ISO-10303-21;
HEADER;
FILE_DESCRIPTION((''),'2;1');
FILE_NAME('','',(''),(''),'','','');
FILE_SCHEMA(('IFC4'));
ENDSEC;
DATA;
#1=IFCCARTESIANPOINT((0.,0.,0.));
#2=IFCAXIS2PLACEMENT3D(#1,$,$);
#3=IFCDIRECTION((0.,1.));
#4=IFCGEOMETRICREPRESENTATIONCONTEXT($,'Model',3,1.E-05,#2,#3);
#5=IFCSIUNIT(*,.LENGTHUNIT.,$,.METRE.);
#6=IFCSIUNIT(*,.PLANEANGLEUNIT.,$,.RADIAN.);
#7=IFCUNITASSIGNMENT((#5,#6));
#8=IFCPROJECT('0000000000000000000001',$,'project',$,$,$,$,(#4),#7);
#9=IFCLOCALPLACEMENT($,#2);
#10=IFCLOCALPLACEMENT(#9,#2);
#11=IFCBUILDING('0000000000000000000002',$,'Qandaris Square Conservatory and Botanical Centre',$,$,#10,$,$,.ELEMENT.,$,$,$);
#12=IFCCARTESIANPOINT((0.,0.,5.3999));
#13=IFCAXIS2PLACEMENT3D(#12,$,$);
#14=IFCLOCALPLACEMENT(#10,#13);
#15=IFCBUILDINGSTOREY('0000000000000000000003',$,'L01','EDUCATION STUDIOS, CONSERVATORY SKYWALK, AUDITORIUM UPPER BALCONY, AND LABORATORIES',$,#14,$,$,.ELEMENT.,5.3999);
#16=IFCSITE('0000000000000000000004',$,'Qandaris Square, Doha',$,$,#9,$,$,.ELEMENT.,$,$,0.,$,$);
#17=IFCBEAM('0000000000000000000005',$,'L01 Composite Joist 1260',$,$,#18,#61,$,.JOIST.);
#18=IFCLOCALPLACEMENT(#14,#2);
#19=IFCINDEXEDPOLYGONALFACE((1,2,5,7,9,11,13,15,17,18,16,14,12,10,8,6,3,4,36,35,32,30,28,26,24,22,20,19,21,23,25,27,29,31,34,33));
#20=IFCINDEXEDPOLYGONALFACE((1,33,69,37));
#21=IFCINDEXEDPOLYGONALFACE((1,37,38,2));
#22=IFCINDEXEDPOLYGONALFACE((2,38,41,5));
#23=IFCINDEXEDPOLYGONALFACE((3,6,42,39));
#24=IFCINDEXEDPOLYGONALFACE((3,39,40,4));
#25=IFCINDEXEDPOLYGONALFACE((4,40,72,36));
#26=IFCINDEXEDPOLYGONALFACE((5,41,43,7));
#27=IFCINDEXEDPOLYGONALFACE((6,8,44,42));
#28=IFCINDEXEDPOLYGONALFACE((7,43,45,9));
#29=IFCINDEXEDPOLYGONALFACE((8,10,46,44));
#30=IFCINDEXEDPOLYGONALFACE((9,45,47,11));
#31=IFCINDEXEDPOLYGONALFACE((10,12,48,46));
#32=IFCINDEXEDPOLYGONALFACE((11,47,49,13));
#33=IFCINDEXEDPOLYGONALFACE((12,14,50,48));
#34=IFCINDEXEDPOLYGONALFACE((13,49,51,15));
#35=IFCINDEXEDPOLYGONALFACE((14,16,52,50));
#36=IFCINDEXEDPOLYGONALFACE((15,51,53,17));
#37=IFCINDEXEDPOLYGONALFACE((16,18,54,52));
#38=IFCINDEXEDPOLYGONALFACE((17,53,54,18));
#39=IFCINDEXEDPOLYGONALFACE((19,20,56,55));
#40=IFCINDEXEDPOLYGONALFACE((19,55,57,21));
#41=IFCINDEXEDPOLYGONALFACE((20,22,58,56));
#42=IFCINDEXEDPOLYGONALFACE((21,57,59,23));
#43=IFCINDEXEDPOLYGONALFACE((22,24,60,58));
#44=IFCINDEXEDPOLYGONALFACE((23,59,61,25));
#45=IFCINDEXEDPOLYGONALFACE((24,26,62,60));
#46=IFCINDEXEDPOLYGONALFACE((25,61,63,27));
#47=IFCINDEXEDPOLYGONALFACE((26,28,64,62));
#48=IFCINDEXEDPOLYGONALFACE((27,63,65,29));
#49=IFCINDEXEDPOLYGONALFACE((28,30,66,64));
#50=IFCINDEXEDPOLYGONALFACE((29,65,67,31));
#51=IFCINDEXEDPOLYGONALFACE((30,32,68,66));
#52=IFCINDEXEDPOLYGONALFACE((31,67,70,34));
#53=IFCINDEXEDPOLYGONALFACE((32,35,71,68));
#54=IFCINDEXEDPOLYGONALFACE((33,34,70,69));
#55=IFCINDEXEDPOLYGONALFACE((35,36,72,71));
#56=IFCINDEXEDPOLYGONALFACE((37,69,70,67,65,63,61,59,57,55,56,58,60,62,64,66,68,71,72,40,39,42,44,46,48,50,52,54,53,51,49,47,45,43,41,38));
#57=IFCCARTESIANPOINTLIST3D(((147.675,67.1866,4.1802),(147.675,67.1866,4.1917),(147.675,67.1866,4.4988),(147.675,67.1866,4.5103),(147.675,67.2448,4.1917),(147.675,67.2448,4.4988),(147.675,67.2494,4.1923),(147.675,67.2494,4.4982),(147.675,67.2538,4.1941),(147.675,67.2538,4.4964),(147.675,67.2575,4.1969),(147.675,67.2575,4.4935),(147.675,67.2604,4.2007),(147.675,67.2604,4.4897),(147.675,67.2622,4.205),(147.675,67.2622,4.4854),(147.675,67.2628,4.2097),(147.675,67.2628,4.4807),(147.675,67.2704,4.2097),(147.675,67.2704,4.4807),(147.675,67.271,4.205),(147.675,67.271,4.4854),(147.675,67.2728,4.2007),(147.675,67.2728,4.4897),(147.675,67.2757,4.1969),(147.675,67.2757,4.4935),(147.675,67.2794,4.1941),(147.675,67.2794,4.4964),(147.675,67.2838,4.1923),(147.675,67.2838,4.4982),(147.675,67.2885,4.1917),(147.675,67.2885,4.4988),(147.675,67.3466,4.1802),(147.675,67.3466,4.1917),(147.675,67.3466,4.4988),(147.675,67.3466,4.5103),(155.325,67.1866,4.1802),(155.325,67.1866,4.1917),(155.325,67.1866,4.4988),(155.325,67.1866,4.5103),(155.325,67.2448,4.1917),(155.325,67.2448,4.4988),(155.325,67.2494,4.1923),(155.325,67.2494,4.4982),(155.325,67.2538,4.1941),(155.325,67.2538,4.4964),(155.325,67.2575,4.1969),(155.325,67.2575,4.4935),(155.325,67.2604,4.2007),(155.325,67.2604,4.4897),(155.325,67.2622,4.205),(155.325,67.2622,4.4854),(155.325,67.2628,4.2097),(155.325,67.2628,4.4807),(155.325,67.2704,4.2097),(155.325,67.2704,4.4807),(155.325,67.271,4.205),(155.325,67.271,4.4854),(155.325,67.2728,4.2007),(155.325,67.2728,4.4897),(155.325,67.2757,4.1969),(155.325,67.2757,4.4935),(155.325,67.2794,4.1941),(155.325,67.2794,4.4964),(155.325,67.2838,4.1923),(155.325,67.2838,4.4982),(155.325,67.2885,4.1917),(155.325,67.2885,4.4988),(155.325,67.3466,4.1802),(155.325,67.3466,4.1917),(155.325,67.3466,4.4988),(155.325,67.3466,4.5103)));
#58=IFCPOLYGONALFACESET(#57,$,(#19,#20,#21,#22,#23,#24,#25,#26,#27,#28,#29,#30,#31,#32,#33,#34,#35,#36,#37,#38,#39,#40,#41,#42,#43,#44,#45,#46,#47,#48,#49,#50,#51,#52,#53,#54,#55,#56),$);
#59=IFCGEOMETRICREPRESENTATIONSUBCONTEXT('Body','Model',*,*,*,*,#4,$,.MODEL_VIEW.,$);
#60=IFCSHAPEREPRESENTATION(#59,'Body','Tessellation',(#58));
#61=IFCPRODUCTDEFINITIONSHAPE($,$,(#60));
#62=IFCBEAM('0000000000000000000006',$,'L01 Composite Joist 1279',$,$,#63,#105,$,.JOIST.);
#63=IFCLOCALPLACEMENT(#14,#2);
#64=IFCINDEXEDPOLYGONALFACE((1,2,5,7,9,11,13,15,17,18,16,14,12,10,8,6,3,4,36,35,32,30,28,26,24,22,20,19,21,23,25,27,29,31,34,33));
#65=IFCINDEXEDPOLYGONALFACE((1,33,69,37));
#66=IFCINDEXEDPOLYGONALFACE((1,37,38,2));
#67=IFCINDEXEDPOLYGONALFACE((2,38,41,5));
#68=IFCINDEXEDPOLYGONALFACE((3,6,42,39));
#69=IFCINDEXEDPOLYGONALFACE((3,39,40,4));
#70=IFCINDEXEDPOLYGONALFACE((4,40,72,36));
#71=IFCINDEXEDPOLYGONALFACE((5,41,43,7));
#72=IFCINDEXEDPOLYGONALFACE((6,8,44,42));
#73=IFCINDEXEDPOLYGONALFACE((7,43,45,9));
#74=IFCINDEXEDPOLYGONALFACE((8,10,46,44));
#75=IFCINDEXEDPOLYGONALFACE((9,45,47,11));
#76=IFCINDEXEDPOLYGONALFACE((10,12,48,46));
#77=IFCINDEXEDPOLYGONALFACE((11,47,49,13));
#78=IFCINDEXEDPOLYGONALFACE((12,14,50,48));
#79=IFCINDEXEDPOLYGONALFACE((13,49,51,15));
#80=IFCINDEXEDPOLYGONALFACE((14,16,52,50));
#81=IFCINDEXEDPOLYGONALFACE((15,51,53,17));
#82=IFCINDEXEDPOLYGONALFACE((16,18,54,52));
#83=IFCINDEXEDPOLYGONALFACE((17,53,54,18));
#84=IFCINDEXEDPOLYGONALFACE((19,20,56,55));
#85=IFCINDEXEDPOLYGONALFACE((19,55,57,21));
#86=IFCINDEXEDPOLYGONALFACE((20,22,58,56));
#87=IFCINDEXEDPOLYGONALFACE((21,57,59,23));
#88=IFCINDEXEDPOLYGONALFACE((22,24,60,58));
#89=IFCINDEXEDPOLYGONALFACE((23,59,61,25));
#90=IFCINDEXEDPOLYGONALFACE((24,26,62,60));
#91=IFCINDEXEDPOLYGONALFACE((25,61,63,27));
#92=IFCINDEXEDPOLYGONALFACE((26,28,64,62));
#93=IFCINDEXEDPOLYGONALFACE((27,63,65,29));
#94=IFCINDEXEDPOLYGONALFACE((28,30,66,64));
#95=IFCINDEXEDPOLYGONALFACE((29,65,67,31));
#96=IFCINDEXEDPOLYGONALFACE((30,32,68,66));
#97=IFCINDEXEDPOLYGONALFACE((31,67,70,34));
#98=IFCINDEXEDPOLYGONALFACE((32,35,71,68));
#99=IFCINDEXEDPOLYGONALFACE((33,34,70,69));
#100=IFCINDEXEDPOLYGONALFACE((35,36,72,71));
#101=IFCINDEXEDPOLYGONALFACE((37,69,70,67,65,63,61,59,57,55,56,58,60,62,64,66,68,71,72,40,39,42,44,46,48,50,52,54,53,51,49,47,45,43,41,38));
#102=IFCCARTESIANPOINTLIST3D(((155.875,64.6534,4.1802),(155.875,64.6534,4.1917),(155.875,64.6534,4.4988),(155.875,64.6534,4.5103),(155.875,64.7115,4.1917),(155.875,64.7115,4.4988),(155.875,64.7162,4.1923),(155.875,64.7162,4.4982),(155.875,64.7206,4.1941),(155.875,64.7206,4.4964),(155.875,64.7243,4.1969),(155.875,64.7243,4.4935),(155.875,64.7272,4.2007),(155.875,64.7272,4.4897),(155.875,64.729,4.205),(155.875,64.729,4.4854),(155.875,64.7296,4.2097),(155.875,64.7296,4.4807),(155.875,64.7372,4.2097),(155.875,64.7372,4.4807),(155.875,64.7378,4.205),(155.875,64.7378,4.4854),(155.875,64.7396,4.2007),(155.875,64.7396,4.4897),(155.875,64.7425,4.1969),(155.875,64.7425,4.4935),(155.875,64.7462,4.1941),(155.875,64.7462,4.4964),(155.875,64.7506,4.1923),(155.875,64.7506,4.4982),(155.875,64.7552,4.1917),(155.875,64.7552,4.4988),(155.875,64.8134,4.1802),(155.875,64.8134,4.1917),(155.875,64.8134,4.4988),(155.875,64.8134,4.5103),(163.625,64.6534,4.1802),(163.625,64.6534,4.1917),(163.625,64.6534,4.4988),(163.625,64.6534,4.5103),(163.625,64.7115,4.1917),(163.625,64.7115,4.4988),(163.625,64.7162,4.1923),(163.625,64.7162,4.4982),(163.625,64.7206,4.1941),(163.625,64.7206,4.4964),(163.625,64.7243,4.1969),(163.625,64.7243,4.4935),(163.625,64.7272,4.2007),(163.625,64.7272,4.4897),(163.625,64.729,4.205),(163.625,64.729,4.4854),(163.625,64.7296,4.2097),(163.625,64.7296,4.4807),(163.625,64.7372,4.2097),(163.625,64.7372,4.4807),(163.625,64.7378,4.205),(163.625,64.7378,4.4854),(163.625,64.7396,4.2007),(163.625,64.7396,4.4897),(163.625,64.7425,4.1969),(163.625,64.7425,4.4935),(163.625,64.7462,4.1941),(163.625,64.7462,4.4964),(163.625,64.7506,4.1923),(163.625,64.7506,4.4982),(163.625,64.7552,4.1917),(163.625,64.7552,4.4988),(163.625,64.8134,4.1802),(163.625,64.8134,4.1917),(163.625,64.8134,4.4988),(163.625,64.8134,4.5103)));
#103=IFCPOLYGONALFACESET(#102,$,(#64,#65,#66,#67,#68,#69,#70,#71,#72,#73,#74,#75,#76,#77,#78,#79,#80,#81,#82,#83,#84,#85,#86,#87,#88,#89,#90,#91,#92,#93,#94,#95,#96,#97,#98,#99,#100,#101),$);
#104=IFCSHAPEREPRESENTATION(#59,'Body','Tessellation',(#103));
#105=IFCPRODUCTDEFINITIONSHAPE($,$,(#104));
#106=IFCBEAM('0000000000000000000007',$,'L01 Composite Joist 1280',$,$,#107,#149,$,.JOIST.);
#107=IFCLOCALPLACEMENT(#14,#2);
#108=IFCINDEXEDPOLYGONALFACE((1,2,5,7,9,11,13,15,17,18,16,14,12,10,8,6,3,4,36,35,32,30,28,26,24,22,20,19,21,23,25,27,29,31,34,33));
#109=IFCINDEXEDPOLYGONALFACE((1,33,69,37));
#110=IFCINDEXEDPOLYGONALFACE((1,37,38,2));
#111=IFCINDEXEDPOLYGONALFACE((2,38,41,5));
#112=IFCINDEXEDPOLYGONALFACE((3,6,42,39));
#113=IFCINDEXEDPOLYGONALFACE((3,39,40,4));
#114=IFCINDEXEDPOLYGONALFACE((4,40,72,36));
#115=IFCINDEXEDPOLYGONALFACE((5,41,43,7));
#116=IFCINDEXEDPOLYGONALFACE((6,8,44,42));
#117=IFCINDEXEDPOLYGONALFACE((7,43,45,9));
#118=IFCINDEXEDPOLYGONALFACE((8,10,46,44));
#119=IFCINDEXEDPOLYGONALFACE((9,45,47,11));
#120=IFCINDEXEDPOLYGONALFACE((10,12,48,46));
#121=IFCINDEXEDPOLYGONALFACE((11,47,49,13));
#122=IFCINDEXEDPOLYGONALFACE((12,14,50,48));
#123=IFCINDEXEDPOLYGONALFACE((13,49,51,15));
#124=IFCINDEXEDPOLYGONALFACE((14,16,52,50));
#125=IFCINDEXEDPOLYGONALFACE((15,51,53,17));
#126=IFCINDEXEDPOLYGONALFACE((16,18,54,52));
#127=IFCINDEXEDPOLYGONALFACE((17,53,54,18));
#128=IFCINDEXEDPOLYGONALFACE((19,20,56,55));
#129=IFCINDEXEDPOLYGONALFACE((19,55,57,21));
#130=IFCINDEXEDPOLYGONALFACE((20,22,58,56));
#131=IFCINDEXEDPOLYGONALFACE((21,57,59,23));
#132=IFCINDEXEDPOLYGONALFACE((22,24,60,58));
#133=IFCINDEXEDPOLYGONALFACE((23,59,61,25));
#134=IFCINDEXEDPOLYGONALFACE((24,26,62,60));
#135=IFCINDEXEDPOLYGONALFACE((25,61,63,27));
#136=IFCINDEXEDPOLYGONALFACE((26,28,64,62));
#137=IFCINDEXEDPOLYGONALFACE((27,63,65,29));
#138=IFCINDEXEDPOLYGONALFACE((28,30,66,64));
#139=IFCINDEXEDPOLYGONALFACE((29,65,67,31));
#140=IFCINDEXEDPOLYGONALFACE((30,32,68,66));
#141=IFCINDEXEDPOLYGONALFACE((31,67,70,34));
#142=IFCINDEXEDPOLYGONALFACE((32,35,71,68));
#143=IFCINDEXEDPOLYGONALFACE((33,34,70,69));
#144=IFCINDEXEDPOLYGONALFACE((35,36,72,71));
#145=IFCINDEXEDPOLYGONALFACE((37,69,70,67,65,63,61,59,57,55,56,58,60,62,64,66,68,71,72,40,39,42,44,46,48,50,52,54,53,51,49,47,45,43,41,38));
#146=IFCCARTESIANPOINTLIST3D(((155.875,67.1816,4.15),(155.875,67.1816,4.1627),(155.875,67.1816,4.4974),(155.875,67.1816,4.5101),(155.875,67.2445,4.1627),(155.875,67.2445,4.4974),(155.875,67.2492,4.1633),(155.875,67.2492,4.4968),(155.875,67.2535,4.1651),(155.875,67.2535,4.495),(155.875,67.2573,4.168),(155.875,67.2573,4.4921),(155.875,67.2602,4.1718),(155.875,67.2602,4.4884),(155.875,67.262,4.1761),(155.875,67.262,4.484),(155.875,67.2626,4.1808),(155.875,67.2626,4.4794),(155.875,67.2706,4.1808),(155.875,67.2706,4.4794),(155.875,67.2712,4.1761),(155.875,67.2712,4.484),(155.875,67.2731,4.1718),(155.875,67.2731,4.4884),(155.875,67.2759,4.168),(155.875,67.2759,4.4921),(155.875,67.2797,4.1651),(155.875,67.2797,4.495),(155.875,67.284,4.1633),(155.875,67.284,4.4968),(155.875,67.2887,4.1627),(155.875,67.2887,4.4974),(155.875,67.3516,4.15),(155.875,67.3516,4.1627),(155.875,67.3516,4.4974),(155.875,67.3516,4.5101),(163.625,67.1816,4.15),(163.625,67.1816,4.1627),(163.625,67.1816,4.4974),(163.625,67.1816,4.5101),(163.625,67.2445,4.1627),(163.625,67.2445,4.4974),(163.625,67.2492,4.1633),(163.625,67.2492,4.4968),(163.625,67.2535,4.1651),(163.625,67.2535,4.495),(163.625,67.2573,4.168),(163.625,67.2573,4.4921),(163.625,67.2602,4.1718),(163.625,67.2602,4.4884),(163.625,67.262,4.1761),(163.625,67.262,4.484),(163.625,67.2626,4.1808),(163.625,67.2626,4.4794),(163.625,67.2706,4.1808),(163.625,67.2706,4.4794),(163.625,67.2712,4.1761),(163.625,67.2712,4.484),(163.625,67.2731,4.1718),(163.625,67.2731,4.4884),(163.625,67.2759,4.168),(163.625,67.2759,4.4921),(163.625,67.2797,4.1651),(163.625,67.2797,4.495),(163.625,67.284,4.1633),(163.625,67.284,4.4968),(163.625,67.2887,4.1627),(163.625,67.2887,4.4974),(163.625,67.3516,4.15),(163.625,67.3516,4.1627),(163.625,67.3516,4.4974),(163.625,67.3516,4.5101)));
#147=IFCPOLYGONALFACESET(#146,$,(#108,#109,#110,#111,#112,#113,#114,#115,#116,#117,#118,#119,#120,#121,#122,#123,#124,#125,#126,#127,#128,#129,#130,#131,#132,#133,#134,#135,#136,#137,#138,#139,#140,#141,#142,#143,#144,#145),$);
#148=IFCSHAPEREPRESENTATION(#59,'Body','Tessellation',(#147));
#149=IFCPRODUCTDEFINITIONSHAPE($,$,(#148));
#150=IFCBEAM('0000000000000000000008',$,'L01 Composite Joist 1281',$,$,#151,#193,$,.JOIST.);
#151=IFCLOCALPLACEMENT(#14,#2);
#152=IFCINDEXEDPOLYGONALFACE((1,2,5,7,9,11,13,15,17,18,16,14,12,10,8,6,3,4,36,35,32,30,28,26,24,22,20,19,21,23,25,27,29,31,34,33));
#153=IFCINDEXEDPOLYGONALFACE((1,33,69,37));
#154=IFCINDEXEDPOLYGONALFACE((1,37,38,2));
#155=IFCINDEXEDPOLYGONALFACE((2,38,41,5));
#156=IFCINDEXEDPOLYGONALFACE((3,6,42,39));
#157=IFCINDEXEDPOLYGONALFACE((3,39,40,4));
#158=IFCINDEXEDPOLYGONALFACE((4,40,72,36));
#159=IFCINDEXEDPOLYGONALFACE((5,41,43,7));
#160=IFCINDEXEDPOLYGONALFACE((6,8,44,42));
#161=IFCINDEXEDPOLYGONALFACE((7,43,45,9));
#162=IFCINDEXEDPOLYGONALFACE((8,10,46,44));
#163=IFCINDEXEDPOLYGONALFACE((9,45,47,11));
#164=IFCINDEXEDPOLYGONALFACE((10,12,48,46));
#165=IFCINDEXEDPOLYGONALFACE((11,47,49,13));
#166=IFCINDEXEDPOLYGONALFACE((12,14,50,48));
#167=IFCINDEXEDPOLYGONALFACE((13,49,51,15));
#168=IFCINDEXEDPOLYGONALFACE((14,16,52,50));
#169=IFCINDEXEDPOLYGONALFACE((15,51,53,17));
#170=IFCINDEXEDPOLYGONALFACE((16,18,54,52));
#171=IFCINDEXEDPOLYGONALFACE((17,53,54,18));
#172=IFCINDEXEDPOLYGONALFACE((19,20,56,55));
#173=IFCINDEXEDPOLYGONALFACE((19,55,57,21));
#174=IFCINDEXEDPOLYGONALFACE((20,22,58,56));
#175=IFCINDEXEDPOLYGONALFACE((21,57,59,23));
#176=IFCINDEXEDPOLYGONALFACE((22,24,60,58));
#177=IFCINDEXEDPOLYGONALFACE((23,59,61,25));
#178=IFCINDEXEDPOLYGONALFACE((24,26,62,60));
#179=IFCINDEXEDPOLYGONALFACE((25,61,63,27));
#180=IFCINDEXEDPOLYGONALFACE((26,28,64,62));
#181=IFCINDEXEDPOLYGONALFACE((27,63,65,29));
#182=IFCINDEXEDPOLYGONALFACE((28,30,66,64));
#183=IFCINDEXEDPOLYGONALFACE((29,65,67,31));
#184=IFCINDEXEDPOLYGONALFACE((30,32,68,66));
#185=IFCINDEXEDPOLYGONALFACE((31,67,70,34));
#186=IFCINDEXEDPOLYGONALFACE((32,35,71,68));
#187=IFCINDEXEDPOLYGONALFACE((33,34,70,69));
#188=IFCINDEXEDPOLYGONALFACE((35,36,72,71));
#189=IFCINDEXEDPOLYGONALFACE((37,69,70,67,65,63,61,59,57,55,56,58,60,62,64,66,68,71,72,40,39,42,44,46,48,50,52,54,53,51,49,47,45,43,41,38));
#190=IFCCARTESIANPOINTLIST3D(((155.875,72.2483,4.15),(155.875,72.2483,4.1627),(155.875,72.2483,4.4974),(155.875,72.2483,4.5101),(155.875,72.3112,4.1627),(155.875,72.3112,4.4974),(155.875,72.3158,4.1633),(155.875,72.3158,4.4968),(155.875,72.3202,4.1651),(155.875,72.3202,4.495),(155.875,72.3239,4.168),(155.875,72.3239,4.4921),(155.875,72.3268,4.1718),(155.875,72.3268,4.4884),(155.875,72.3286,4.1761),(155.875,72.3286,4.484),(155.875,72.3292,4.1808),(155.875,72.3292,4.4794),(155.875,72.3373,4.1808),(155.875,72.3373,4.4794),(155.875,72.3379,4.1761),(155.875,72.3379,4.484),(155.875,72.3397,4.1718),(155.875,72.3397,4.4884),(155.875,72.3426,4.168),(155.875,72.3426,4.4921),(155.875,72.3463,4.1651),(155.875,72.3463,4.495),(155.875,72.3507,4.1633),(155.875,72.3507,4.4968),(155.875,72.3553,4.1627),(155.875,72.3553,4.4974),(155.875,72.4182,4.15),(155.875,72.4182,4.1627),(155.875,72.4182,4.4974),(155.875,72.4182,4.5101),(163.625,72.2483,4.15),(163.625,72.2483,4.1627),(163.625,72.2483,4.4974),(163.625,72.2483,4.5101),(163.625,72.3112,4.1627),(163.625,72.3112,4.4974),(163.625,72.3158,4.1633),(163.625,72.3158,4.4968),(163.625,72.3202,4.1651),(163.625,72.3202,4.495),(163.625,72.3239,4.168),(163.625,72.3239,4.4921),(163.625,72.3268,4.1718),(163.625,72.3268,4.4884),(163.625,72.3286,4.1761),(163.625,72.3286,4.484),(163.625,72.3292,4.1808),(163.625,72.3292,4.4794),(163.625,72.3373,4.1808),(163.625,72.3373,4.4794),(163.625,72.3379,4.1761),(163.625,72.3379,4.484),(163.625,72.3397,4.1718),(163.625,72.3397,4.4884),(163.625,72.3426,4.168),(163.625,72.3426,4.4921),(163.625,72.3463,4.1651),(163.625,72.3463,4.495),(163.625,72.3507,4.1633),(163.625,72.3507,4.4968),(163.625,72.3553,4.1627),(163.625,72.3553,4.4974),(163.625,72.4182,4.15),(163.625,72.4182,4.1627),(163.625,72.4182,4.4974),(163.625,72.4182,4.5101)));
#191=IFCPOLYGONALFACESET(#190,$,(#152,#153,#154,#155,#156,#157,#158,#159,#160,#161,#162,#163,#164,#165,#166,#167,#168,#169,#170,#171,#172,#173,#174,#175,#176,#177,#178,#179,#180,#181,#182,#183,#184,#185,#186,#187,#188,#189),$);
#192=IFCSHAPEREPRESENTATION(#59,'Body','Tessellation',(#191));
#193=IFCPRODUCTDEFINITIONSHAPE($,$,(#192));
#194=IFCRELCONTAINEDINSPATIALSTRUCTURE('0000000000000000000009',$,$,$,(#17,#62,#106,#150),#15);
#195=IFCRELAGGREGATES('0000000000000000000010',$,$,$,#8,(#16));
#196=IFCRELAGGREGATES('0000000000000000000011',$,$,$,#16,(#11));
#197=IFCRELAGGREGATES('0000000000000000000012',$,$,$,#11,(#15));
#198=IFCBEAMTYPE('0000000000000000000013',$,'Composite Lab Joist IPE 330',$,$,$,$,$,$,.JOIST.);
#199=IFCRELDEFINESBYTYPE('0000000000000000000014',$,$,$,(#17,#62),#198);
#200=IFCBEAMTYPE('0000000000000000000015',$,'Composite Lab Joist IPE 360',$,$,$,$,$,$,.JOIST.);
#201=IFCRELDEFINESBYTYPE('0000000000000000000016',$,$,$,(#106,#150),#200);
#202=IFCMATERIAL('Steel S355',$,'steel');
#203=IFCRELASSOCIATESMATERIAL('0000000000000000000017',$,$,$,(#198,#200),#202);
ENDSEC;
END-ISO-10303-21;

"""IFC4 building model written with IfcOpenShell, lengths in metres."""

from ifc_helpers import new_model, si_unit, direction, frame, origin, origin_2d, place, context, subcontext, project, spatial, i_section, extrude, material, material_profile, profile_set, type_object, element, save


model = new_model("IFC4")

# Units and contexts
model_context = context("Model", 3, precision=1e-05, world=origin(), true_north=direction((0.0, 1.0)))
body_context = subcontext(model_context, "Body", "Model", "MODEL_VIEW")
ifc_project = project(units=[si_unit("LENGTHUNIT", "METRE"), si_unit("PLANEANGLEUNIT", "RADIAN")], contexts=[model_context])

# Site, building, storey
site_placement = place(None, origin())
site = spatial("IfcSite", under=ifc_project, at=site_placement, Name="Qandaris Square, Doha", CompositionType="ELEMENT", RefElevation=0.0)
building_placement = place(site_placement, origin())
building = spatial("IfcBuilding", under=site, at=building_placement, Name="Qandaris Square Conservatory and Botanical Centre", CompositionType="ELEMENT")
storey_placement = place(building_placement, frame((0.0, 0.0, 5.3999)))
storey = spatial("IfcBuildingStorey", under=building, at=storey_placement, Name="L01", Description="EDUCATION STUDIOS, CONSERVATORY SKYWALK, AUDITORIUM UPPER BALCONY, AND LABORATORIES", CompositionType="ELEMENT", Elevation=5.3999)

# Beams
ifc_material_1 = material(Name="Steel S355", Category="steel")
ifc_material_profile_1 = material_profile(ifc_material_1, i_section(OverallWidth=0.1599, OverallDepth=0.3301, WebThickness=0.0076, FlangeThickness=0.0115, FilletRadius=0.0181, at=origin_2d()), Name="IPE 330")
ifc_profile_set_1 = profile_set([ifc_material_profile_1], Name="Steel S355")
beam_type_1 = type_object("IfcBeamType", Name="Composite Lab Joist IPE 330", PredefinedType="JOIST", material=ifc_profile_set_1)
beam_1_placement = place(storey_placement, frame((147.675, 67.2666, 4.3452), z_axis=(1.0, 0.0, 0.0), x_axis=(0.0, 1.0, 0.0)))
element("IfcBeam", 1, at=beam_1_placement, inside=storey, type_object=beam_type_1, Name="L01 Composite Joist 1260", PredefinedType="JOIST", context=body_context, shape_type="SweptSolid", body=[
    extrude(i_section(OverallWidth=0.1599, OverallDepth=0.3301, WebThickness=0.0076, FlangeThickness=0.0115, FilletRadius=0.0181, at=origin_2d()), origin(), (0.0, 0.0, 1.0), 7.6499),
])
beam_2_placement = place(storey_placement, frame((155.875, 64.7334, 4.3452), z_axis=(1.0, 0.0, 0.0), x_axis=(0.0, 1.0, 0.0)))
element("IfcBeam", 2, at=beam_2_placement, inside=storey, type_object=beam_type_1, Name="L01 Composite Joist 1279", PredefinedType="JOIST", context=body_context, shape_type="SweptSolid", body=[
    extrude(i_section(OverallWidth=0.1599, OverallDepth=0.3301, WebThickness=0.0076, FlangeThickness=0.0115, FilletRadius=0.0181, at=origin_2d()), origin(), (0.0, 0.0, 1.0), 7.75),
])
ifc_material_profile_2 = material_profile(ifc_material_1, i_section(OverallWidth=0.1699, OverallDepth=0.3601, WebThickness=0.0081, FlangeThickness=0.0127, FilletRadius=0.0181, at=origin_2d()), Name="IPE 360")
ifc_profile_set_2 = profile_set([ifc_material_profile_2], Name="Steel S355")
beam_type_2 = type_object("IfcBeamType", Name="Composite Lab Joist IPE 360", PredefinedType="JOIST", material=ifc_profile_set_2)
for number, where, z_axis, x_axis, name in (
    (3, (155.875, 67.2666, 4.3301), (1.0, 0.0, 0.0), (0.0, 1.0, 0.0), "L01 Composite Joist 1280"),
    (4, (155.875, 72.3333, 4.3301), (1.0, 0.0, 0.0), (0.0, 1.0, 0.0), "L01 Composite Joist 1281"),
):
    element("IfcBeam", number, at=place(storey_placement, frame(where, z_axis=z_axis, x_axis=x_axis)), inside=storey, type_object=beam_type_2, Name=name, PredefinedType="JOIST", context=body_context, shape_type="SweptSolid", body=[
        extrude(i_section(OverallWidth=0.1699, OverallDepth=0.3601, WebThickness=0.0081, FlangeThickness=0.0127, FilletRadius=0.0181, at=origin_2d()), origin(), (0.0, 0.0, 1.0), 7.75),
    ])

save(model, "model.ifc")
